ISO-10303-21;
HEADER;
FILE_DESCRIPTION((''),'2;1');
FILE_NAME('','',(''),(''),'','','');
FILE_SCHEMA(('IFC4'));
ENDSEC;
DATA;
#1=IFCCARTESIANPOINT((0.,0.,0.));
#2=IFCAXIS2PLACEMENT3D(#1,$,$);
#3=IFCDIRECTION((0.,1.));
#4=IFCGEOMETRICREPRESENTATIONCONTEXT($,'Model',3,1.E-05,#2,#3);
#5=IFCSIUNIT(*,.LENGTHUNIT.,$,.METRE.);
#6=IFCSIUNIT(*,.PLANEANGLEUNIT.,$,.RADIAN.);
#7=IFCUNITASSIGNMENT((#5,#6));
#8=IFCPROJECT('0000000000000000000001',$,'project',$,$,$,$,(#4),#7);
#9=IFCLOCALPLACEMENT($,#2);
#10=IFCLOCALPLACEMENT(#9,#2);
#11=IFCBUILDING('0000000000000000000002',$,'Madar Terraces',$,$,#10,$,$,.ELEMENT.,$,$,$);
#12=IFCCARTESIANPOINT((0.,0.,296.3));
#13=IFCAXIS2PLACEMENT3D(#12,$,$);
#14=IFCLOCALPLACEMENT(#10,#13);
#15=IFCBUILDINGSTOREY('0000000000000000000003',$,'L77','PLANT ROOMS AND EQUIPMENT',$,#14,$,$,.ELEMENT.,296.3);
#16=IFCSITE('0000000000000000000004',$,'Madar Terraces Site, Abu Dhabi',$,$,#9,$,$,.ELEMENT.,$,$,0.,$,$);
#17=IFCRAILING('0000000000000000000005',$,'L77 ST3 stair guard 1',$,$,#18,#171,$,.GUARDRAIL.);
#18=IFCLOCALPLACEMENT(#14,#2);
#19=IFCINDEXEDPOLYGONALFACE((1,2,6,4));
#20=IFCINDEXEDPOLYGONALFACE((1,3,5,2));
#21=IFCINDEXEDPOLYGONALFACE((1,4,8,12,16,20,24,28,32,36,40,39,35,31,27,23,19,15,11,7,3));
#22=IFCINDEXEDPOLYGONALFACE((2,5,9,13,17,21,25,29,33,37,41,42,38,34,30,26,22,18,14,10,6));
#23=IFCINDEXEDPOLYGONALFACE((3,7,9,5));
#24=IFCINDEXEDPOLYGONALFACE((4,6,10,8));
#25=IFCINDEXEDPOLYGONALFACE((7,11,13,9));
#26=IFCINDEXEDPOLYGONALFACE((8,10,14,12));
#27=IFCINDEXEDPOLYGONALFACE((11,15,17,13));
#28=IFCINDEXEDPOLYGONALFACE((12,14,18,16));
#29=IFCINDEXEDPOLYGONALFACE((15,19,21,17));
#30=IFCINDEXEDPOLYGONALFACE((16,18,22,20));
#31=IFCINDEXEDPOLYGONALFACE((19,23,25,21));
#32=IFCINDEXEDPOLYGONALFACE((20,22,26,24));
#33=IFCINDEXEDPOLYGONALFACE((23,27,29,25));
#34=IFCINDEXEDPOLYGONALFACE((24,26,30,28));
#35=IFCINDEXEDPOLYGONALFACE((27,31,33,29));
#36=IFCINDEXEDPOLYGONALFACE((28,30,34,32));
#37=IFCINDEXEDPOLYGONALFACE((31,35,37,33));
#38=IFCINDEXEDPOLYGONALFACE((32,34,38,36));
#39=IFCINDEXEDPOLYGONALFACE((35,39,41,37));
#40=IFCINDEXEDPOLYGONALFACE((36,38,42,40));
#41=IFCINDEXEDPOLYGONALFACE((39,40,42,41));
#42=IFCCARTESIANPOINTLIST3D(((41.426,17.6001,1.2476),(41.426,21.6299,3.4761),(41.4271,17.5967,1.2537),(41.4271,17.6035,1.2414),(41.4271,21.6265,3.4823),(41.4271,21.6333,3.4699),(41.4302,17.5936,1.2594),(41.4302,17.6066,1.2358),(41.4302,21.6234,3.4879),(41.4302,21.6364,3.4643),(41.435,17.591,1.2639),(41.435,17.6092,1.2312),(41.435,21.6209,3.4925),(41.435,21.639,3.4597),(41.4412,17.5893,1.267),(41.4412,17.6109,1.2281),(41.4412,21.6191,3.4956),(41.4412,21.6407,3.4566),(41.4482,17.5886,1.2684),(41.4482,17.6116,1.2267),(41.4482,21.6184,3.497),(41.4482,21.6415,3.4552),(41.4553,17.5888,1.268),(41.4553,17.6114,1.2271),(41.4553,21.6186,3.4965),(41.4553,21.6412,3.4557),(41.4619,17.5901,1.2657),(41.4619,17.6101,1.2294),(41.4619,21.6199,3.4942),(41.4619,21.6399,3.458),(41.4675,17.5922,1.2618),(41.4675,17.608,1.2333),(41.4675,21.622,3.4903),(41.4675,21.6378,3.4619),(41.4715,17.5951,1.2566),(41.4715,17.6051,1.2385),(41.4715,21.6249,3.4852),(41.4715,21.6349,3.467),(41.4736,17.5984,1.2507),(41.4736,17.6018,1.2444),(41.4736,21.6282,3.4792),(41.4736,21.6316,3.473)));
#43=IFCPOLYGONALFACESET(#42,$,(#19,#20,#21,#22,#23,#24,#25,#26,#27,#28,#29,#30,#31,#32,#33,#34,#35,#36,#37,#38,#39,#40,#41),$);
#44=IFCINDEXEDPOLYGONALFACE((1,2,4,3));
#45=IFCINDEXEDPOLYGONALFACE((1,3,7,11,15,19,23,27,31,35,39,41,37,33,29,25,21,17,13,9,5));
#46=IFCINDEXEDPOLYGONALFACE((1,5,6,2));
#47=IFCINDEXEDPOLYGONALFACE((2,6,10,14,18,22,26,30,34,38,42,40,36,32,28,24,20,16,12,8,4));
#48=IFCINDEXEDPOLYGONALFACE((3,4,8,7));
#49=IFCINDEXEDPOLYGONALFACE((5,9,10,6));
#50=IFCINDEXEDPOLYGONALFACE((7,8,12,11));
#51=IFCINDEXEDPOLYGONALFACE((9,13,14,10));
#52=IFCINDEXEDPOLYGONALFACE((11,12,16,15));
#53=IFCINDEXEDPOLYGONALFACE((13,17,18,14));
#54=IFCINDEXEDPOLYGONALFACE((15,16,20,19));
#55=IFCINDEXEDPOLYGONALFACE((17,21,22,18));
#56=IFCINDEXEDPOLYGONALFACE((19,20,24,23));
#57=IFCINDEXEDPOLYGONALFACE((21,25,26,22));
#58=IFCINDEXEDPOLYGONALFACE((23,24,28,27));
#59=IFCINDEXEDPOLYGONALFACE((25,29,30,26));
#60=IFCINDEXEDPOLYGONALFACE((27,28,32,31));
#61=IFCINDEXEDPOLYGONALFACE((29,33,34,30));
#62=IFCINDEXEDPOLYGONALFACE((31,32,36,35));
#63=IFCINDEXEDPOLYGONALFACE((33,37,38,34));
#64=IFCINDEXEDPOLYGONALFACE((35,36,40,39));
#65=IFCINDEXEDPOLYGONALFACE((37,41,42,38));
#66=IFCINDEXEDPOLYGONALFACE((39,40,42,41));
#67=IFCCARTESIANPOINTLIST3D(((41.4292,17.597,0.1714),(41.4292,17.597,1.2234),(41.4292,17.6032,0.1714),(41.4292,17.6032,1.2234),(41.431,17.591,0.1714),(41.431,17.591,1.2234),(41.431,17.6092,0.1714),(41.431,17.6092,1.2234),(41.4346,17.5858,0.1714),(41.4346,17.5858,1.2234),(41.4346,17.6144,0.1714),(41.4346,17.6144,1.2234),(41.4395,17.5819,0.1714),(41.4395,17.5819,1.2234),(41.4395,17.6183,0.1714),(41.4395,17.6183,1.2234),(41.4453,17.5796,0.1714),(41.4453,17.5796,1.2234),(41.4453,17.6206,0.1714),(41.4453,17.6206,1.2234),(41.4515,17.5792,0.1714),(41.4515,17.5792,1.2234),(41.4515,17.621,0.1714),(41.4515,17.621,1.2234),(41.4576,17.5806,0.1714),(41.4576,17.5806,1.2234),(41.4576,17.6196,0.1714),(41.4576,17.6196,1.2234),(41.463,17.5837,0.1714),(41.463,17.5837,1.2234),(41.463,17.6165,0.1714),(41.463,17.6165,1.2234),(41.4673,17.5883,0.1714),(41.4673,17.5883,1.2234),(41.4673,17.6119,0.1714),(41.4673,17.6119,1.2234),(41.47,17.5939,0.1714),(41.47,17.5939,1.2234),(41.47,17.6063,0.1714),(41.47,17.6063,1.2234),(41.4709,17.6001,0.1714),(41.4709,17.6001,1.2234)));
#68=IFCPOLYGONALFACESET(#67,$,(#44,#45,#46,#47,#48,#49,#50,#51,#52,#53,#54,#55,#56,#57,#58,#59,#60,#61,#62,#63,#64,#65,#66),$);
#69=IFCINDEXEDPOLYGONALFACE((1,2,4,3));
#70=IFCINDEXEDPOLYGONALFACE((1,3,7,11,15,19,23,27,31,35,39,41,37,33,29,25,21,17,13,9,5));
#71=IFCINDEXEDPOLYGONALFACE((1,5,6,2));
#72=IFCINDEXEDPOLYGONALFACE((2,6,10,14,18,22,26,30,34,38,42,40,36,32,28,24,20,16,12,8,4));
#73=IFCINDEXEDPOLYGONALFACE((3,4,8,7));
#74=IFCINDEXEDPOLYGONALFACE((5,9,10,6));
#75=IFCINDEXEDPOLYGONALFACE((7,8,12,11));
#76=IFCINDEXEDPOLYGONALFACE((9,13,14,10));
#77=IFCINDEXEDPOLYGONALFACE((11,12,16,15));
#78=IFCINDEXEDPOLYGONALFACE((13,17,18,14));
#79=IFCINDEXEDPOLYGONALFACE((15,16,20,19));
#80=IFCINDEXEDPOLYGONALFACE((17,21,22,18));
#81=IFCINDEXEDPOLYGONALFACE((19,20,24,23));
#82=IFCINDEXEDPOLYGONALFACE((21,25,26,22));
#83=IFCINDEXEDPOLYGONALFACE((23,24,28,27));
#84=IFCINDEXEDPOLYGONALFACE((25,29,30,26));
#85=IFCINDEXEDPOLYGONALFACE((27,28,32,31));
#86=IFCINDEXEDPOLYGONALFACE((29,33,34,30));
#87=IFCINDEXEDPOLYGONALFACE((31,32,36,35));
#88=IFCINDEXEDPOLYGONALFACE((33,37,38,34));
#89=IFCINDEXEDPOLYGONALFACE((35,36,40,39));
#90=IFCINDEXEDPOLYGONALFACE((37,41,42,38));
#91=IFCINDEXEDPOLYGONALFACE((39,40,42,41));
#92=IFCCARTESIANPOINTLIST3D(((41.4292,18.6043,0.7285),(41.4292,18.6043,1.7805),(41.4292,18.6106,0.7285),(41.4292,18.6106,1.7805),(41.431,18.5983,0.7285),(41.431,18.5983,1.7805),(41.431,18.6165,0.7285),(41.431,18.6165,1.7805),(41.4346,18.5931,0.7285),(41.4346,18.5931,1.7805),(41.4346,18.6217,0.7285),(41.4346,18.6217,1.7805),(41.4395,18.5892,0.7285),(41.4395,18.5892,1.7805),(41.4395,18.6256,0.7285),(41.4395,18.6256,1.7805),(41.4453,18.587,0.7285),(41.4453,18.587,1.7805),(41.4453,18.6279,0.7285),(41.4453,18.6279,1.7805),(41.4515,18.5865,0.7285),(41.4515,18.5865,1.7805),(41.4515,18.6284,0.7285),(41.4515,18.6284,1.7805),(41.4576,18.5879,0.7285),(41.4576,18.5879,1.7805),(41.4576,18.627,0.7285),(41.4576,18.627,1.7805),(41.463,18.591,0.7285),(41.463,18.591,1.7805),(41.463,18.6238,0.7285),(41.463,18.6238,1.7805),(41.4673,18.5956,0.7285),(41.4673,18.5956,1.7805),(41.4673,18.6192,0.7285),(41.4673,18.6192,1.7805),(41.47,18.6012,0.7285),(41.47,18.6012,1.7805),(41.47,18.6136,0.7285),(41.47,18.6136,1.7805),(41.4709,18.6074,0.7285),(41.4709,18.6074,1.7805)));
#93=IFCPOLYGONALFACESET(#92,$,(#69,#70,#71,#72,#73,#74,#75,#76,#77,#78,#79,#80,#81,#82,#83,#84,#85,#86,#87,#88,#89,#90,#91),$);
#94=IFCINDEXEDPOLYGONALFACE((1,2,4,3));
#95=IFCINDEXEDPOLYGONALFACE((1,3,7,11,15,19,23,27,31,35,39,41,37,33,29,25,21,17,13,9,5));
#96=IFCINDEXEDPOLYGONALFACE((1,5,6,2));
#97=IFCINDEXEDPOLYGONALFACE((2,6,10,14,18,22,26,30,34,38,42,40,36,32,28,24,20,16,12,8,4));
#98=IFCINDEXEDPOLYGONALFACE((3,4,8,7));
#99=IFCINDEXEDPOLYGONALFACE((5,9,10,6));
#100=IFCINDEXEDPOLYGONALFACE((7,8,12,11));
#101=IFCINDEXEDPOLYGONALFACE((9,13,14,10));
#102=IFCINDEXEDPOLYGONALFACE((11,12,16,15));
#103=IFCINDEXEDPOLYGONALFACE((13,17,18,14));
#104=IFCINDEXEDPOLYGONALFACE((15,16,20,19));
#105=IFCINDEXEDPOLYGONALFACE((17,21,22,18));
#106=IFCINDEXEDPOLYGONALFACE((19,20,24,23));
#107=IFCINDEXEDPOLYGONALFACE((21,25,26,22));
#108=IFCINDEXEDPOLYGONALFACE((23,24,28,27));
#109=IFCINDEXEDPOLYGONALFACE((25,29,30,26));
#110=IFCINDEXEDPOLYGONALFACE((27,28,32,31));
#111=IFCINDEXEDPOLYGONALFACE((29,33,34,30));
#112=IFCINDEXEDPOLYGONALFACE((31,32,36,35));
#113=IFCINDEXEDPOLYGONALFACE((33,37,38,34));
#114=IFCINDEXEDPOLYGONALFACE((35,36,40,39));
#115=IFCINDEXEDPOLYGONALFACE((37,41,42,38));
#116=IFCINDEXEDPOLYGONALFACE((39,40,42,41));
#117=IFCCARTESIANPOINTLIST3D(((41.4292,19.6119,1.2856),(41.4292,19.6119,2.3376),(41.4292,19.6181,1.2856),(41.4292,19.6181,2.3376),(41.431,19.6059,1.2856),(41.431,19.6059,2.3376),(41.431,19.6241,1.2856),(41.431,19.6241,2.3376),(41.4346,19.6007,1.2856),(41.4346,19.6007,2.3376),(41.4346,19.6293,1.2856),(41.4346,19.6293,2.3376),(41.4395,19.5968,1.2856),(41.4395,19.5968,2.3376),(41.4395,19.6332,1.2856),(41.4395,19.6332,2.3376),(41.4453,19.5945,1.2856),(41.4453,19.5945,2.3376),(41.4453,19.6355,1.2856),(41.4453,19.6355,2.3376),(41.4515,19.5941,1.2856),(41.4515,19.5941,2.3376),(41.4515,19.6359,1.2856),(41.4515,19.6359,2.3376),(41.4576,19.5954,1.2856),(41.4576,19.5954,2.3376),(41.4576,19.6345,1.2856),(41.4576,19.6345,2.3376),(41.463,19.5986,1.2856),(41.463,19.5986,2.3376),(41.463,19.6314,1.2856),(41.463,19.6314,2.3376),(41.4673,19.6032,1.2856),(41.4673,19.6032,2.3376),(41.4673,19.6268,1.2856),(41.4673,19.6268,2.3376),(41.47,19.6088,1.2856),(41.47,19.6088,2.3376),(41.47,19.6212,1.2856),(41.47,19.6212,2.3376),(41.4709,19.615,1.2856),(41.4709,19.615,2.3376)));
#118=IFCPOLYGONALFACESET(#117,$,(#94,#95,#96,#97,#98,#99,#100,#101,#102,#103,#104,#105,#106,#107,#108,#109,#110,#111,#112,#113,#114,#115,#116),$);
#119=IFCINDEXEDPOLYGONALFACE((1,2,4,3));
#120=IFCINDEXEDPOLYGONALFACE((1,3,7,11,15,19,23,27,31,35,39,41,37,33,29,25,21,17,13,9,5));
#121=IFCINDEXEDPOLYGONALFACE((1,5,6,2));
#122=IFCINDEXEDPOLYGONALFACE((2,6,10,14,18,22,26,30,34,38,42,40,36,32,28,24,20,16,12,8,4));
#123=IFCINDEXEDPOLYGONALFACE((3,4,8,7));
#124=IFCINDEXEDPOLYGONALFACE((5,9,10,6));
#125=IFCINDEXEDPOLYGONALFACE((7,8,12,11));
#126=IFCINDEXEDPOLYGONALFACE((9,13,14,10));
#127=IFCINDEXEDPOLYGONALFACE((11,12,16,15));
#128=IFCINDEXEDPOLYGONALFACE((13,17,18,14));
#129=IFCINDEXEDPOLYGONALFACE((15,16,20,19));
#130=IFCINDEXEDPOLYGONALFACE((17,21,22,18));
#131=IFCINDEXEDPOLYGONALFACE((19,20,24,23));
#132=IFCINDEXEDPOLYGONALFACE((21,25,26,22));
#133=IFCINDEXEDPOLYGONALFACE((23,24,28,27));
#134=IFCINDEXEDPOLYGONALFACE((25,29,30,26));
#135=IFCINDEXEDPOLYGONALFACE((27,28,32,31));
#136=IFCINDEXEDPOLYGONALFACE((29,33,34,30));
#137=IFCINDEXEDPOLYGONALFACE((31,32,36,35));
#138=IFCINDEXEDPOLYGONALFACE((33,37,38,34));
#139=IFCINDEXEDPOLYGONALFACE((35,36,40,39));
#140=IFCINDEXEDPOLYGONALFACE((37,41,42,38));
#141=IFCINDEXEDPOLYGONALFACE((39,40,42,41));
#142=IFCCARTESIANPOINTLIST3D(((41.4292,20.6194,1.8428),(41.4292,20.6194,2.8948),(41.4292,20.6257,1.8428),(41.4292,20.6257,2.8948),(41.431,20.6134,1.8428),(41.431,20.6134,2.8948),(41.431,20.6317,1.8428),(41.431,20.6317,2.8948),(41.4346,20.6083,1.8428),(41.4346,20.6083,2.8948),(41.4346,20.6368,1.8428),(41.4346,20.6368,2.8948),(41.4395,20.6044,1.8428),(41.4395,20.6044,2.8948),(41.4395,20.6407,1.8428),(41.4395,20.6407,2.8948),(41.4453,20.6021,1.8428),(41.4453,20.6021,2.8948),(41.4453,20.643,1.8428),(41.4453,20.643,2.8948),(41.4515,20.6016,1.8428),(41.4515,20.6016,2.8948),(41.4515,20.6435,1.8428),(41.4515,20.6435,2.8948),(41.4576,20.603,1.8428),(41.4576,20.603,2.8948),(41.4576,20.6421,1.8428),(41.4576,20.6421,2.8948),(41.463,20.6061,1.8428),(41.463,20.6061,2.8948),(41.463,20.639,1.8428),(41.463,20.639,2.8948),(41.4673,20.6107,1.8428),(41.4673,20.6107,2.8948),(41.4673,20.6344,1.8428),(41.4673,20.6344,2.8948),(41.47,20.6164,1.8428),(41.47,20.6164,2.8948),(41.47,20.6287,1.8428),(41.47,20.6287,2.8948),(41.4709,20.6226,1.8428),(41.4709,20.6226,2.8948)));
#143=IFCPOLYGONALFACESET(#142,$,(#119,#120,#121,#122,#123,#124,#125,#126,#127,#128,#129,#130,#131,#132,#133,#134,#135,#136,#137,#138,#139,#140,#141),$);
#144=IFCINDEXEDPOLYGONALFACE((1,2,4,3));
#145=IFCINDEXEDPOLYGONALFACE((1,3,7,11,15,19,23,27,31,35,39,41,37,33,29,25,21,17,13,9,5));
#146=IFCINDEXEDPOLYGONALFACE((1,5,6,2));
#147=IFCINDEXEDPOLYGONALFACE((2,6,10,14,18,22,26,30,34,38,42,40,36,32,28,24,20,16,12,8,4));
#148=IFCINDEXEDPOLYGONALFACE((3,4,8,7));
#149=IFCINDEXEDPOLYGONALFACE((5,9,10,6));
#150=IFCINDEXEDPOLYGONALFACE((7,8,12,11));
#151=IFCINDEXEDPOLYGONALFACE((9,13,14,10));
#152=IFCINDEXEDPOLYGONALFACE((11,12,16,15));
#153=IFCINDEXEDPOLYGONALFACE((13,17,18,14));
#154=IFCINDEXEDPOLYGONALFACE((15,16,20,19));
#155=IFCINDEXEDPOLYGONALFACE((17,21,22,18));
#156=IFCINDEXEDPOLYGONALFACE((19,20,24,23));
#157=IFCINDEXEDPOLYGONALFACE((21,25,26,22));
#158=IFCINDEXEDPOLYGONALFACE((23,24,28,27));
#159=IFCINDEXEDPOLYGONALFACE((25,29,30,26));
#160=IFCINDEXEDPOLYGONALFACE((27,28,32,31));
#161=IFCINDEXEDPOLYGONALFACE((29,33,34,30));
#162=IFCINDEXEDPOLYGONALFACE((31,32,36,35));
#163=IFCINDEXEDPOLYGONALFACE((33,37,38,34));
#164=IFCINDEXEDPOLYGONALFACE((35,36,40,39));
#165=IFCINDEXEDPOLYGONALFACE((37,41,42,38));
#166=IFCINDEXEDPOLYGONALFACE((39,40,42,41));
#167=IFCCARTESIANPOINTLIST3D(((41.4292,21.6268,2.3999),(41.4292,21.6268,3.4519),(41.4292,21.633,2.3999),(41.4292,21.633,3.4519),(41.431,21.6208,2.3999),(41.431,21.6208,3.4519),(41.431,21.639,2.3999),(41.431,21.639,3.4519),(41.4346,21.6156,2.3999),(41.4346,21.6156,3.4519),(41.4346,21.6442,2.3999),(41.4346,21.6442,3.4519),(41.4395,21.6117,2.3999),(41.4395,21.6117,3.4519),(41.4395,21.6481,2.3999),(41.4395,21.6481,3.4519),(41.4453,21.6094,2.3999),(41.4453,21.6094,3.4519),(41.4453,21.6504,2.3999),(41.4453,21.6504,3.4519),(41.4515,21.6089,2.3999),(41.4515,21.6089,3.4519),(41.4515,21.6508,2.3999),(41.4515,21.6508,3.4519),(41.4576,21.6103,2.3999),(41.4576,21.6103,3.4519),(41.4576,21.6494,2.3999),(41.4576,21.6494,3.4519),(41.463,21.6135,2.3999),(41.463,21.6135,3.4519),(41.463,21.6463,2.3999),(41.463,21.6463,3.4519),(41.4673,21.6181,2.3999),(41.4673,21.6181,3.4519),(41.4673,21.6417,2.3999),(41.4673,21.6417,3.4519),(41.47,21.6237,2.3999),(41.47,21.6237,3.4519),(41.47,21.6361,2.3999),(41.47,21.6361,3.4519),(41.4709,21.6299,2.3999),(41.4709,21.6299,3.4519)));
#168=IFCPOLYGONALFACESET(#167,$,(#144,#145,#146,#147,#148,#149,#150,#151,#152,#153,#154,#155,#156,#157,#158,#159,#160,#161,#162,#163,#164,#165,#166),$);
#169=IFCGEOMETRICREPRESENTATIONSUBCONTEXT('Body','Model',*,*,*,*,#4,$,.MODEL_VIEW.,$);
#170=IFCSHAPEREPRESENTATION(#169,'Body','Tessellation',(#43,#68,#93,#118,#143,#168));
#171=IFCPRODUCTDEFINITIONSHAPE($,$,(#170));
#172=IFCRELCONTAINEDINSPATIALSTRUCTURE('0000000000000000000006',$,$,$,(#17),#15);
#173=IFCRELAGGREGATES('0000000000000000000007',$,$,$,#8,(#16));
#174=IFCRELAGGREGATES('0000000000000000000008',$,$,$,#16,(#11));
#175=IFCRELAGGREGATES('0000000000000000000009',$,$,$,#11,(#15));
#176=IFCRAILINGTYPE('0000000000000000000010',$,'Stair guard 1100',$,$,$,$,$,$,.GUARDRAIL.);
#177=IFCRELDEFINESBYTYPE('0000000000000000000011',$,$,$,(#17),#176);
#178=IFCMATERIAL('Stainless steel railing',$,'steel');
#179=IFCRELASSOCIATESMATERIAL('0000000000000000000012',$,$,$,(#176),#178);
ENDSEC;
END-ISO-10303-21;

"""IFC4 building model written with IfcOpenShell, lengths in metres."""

from ifc_helpers import new_model, si_unit, direction, frame, origin, origin_2d, place, context, subcontext, project, spatial, circle, extrude, material, type_object, element, save


model = new_model("IFC4")

# Units and contexts
model_context = context("Model", 3, precision=1e-05, world=origin(), true_north=direction((0.0, 1.0)))
body_context = subcontext(model_context, "Body", "Model", "MODEL_VIEW")
ifc_project = project(units=[si_unit("LENGTHUNIT", "METRE"), si_unit("PLANEANGLEUNIT", "RADIAN")], contexts=[model_context])

# Site, building, storey
site_placement = place(None, origin())
site = spatial("IfcSite", under=ifc_project, at=site_placement, Name="Madar Terraces Site, Abu Dhabi", CompositionType="ELEMENT", RefElevation=0.0)
building_placement = place(site_placement, origin())
building = spatial("IfcBuilding", under=site, at=building_placement, Name="Madar Terraces", CompositionType="ELEMENT")
storey_placement = place(building_placement, frame((0.0, 0.0, 296.3)))
storey = spatial("IfcBuildingStorey", under=building, at=storey_placement, Name="L77", Description="PLANT ROOMS AND EQUIPMENT", CompositionType="ELEMENT", Elevation=296.3)

# Railing
ifc_material_1 = material(Name="Stainless steel railing", Category="steel")
railing_type_1 = type_object("IfcRailingType", Name="Stair guard 1100", PredefinedType="GUARDRAIL", material=ifc_material_1)
railing_1_placement = place(storey_placement, frame((41.45, 17.6001, 0.1714)))
element("IfcRailing", 1, at=railing_1_placement, inside=storey, type_object=railing_type_1, Name="L77 ST3 stair guard 1", PredefinedType="GUARDRAIL", context=body_context, shape_type="SweptSolid", body=[
    extrude(circle(Radius=0.0239, at=origin_2d()), frame((0.0, 0.0, 1.0762), z_axis=(0.0, 0.875101, 0.48394), x_axis=(-1.0, 0.0, 0.0)), (0.0, 0.0, 1.0), 4.605),
    extrude(circle(Radius=0.021, at=origin_2d()), origin(), (0.0, 0.0, 1.0), 1.052),
    extrude(circle(Radius=0.021, at=origin_2d()), frame((0.0, 1.0073, 0.5571)), (0.0, 0.0, 1.0), 1.052),
    extrude(circle(Radius=0.021, at=origin_2d()), frame((0.0, 2.0149, 1.1143)), (0.0, 0.0, 1.0), 1.052),
    extrude(circle(Radius=0.021, at=origin_2d()), frame((0.0, 3.0225, 1.6714)), (0.0, 0.0, 1.0), 1.052),
    extrude(circle(Radius=0.021, at=origin_2d()), frame((0.0, 4.0298, 2.2285)), (0.0, 0.0, 1.0), 1.052),
])

save(model, "model.ifc")
